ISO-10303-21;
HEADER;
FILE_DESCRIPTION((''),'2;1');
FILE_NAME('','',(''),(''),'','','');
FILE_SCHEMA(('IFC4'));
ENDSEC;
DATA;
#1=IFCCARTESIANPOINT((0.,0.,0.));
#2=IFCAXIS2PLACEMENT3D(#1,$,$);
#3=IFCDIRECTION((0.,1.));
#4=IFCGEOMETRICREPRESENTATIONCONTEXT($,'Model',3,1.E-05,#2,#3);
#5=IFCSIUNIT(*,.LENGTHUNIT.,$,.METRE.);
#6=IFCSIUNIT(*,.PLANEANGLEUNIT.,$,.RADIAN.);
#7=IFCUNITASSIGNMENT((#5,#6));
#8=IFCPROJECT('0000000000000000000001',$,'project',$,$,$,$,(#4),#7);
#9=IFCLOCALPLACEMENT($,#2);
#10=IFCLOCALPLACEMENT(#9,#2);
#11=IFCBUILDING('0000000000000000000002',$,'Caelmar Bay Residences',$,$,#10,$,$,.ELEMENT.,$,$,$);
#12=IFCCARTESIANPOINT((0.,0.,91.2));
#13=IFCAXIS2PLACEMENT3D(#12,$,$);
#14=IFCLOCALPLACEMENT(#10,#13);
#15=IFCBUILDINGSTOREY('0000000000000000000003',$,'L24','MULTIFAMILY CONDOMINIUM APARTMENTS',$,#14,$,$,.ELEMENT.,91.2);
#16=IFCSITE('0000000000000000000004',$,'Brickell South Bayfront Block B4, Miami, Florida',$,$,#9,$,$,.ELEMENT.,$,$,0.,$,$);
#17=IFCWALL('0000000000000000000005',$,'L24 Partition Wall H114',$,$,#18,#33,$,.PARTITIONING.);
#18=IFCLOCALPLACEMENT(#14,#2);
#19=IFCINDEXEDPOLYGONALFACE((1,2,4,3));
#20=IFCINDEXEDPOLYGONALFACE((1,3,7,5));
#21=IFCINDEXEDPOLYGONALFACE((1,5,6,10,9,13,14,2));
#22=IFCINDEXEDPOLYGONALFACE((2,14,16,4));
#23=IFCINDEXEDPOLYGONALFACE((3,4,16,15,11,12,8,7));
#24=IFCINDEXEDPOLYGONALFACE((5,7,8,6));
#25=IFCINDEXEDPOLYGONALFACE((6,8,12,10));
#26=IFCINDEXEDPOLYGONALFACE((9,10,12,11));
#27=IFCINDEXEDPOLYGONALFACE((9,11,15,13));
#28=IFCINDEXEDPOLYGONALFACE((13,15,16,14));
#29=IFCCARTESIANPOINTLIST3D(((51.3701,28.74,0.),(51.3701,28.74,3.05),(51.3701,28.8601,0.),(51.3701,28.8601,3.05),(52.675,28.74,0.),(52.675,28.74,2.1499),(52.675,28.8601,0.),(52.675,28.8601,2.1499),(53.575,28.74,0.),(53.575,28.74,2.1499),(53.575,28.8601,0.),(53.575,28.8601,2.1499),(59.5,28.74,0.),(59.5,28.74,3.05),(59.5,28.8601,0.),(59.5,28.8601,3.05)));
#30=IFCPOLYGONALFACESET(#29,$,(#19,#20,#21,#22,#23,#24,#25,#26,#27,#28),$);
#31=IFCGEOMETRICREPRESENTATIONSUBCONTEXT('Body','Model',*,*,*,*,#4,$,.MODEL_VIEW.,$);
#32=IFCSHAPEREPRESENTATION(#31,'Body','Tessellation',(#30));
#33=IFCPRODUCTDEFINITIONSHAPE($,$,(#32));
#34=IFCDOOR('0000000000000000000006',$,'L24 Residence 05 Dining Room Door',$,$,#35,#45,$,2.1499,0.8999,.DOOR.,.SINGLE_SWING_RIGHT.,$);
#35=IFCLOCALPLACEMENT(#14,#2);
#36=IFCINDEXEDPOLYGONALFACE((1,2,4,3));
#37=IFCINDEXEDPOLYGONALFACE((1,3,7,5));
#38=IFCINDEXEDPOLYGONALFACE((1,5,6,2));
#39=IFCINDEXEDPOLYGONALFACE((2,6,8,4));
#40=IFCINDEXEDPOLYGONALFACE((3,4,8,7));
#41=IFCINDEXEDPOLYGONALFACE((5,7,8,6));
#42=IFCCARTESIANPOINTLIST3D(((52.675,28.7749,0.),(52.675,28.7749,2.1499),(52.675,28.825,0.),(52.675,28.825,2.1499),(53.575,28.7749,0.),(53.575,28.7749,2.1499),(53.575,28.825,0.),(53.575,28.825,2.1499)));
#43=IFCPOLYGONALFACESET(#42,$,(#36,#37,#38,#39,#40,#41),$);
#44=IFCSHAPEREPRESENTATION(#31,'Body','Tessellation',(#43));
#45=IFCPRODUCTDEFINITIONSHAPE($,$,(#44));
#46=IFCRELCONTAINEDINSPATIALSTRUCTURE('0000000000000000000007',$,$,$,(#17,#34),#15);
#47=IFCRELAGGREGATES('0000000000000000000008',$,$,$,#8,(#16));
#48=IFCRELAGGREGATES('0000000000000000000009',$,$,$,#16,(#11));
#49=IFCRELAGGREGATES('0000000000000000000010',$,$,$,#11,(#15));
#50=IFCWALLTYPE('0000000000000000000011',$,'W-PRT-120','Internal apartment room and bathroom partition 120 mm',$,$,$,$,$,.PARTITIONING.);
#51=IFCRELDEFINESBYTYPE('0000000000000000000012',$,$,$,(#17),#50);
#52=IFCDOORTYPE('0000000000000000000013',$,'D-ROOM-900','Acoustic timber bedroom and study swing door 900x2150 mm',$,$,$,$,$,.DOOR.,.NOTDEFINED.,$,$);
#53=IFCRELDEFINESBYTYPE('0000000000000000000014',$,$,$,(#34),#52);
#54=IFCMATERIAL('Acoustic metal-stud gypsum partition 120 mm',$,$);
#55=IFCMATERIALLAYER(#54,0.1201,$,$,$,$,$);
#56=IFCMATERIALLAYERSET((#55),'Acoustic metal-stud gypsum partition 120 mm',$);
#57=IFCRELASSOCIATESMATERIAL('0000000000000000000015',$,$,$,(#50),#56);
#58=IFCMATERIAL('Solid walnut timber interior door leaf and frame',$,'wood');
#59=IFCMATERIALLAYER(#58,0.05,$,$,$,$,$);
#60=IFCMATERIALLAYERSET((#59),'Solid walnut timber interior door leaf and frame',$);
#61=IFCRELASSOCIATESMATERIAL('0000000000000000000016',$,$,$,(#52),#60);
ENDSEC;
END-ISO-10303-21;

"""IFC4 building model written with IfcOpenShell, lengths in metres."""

from ifc_helpers import new_model, si_unit, direction, frame, frame_2d, origin, place, context, subcontext, project, spatial, rectangle, extrude, material, layer, layer_set, type_object, element, fill, save


model = new_model("IFC4")

# Units and contexts
model_context = context("Model", 3, precision=1e-05, world=origin(), true_north=direction((0.0, 1.0)))
body_context = subcontext(model_context, "Body", "Model", "MODEL_VIEW")
ifc_project = project(units=[si_unit("LENGTHUNIT", "METRE"), si_unit("PLANEANGLEUNIT", "RADIAN")], contexts=[model_context])

# Site, building, storey
site_placement = place(None, origin())
site = spatial("IfcSite", under=ifc_project, at=site_placement, Name="Brickell South Bayfront Block B4, Miami, Florida", CompositionType="ELEMENT", RefElevation=0.0)
building_placement = place(site_placement, origin())
building = spatial("IfcBuilding", under=site, at=building_placement, Name="Caelmar Bay Residences", CompositionType="ELEMENT")
storey_placement = place(building_placement, frame((0.0, 0.0, 91.2)))
storey = spatial("IfcBuildingStorey", under=building, at=storey_placement, Name="L24", Description="MULTIFAMILY CONDOMINIUM APARTMENTS", CompositionType="ELEMENT", Elevation=91.2)

# Shared definitions
ifc_material_1 = material(Name="Acoustic metal-stud gypsum partition 120 mm")
ifc_layer_1 = layer(ifc_material_1, 0.1201)
ifc_layer_set_1 = layer_set([ifc_layer_1], Name="Acoustic metal-stud gypsum partition 120 mm")
wall_type = type_object("IfcWallType", Name="W-PRT-120", Description="Internal apartment room and bathroom partition 120 mm", PredefinedType="PARTITIONING", material=ifc_layer_set_1)

# Shared definitions
ifc_material_2 = material(Name="Solid walnut timber interior door leaf and frame", Category="wood")
ifc_layer_2 = layer(ifc_material_2, 0.05)
ifc_layer_set_2 = layer_set([ifc_layer_2], Name="Solid walnut timber interior door leaf and frame")
door_type_1 = type_object("IfcDoorType", Name="D-ROOM-900", Description="Acoustic timber bedroom and study swing door 900x2150 mm", OperationType="NOTDEFINED", PredefinedType="DOOR", material=ifc_layer_set_2)

# Wall, opening, door
wall_1_placement = place(storey_placement, frame((51.3701, 28.8, 0.0), z_axis=(0.0, 0.0, 1.0), x_axis=(1.0, 0.0, 0.0)))
wall_1 = element("IfcWall", 1, at=wall_1_placement, inside=storey, type_object=wall_type, Name="L24 Partition Wall H114", PredefinedType="PARTITIONING", context=body_context, shape_type="SweptSolid", body=[
    extrude(rectangle(XDim=8.1299, YDim=0.1201, at=frame_2d((4.0649, 0.0))), origin(), (0.0, 0.0, 1.0), 3.05),
])
opening_1_placement = place(wall_1_placement, frame((1.3049, 0.0, 0.0)))
opening_1 = element("IfcOpeningElement", 2, at=opening_1_placement, cuts=wall_1, PredefinedType="OPENING", context=body_context, shape_type="SweptSolid", body=[
    extrude(rectangle(XDim=0.8999, YDim=2.1499, at=frame_2d((0.45, 1.075))), frame((0.0, 0.0701, 0.0), z_axis=(0.0, -1.0, 0.0), x_axis=(1.0, 0.0, 0.0)), (0.0, 0.0, 1.0), 0.1401),
])
door_1_placement = place(opening_1_placement, origin())
door_1 = element("IfcDoor", 3, at=door_1_placement, inside=storey, type_object=door_type_1, Name="L24 Residence 05 Dining Room Door", OperationType="SINGLE_SWING_RIGHT", OverallHeight=2.1499, OverallWidth=0.8999, PredefinedType="DOOR", context=body_context, shape_type="SweptSolid", body=[
    extrude(rectangle(XDim=0.8999, YDim=2.1499, at=frame_2d((0.45, 1.075))), frame((0.0, 0.0249, 0.0), z_axis=(0.0, -1.0, 0.0), x_axis=(1.0, 0.0, 0.0)), (0.0, 0.0, 1.0), 0.05),
])
fill(opening_1, door_1)

save(model, "model.ifc")
